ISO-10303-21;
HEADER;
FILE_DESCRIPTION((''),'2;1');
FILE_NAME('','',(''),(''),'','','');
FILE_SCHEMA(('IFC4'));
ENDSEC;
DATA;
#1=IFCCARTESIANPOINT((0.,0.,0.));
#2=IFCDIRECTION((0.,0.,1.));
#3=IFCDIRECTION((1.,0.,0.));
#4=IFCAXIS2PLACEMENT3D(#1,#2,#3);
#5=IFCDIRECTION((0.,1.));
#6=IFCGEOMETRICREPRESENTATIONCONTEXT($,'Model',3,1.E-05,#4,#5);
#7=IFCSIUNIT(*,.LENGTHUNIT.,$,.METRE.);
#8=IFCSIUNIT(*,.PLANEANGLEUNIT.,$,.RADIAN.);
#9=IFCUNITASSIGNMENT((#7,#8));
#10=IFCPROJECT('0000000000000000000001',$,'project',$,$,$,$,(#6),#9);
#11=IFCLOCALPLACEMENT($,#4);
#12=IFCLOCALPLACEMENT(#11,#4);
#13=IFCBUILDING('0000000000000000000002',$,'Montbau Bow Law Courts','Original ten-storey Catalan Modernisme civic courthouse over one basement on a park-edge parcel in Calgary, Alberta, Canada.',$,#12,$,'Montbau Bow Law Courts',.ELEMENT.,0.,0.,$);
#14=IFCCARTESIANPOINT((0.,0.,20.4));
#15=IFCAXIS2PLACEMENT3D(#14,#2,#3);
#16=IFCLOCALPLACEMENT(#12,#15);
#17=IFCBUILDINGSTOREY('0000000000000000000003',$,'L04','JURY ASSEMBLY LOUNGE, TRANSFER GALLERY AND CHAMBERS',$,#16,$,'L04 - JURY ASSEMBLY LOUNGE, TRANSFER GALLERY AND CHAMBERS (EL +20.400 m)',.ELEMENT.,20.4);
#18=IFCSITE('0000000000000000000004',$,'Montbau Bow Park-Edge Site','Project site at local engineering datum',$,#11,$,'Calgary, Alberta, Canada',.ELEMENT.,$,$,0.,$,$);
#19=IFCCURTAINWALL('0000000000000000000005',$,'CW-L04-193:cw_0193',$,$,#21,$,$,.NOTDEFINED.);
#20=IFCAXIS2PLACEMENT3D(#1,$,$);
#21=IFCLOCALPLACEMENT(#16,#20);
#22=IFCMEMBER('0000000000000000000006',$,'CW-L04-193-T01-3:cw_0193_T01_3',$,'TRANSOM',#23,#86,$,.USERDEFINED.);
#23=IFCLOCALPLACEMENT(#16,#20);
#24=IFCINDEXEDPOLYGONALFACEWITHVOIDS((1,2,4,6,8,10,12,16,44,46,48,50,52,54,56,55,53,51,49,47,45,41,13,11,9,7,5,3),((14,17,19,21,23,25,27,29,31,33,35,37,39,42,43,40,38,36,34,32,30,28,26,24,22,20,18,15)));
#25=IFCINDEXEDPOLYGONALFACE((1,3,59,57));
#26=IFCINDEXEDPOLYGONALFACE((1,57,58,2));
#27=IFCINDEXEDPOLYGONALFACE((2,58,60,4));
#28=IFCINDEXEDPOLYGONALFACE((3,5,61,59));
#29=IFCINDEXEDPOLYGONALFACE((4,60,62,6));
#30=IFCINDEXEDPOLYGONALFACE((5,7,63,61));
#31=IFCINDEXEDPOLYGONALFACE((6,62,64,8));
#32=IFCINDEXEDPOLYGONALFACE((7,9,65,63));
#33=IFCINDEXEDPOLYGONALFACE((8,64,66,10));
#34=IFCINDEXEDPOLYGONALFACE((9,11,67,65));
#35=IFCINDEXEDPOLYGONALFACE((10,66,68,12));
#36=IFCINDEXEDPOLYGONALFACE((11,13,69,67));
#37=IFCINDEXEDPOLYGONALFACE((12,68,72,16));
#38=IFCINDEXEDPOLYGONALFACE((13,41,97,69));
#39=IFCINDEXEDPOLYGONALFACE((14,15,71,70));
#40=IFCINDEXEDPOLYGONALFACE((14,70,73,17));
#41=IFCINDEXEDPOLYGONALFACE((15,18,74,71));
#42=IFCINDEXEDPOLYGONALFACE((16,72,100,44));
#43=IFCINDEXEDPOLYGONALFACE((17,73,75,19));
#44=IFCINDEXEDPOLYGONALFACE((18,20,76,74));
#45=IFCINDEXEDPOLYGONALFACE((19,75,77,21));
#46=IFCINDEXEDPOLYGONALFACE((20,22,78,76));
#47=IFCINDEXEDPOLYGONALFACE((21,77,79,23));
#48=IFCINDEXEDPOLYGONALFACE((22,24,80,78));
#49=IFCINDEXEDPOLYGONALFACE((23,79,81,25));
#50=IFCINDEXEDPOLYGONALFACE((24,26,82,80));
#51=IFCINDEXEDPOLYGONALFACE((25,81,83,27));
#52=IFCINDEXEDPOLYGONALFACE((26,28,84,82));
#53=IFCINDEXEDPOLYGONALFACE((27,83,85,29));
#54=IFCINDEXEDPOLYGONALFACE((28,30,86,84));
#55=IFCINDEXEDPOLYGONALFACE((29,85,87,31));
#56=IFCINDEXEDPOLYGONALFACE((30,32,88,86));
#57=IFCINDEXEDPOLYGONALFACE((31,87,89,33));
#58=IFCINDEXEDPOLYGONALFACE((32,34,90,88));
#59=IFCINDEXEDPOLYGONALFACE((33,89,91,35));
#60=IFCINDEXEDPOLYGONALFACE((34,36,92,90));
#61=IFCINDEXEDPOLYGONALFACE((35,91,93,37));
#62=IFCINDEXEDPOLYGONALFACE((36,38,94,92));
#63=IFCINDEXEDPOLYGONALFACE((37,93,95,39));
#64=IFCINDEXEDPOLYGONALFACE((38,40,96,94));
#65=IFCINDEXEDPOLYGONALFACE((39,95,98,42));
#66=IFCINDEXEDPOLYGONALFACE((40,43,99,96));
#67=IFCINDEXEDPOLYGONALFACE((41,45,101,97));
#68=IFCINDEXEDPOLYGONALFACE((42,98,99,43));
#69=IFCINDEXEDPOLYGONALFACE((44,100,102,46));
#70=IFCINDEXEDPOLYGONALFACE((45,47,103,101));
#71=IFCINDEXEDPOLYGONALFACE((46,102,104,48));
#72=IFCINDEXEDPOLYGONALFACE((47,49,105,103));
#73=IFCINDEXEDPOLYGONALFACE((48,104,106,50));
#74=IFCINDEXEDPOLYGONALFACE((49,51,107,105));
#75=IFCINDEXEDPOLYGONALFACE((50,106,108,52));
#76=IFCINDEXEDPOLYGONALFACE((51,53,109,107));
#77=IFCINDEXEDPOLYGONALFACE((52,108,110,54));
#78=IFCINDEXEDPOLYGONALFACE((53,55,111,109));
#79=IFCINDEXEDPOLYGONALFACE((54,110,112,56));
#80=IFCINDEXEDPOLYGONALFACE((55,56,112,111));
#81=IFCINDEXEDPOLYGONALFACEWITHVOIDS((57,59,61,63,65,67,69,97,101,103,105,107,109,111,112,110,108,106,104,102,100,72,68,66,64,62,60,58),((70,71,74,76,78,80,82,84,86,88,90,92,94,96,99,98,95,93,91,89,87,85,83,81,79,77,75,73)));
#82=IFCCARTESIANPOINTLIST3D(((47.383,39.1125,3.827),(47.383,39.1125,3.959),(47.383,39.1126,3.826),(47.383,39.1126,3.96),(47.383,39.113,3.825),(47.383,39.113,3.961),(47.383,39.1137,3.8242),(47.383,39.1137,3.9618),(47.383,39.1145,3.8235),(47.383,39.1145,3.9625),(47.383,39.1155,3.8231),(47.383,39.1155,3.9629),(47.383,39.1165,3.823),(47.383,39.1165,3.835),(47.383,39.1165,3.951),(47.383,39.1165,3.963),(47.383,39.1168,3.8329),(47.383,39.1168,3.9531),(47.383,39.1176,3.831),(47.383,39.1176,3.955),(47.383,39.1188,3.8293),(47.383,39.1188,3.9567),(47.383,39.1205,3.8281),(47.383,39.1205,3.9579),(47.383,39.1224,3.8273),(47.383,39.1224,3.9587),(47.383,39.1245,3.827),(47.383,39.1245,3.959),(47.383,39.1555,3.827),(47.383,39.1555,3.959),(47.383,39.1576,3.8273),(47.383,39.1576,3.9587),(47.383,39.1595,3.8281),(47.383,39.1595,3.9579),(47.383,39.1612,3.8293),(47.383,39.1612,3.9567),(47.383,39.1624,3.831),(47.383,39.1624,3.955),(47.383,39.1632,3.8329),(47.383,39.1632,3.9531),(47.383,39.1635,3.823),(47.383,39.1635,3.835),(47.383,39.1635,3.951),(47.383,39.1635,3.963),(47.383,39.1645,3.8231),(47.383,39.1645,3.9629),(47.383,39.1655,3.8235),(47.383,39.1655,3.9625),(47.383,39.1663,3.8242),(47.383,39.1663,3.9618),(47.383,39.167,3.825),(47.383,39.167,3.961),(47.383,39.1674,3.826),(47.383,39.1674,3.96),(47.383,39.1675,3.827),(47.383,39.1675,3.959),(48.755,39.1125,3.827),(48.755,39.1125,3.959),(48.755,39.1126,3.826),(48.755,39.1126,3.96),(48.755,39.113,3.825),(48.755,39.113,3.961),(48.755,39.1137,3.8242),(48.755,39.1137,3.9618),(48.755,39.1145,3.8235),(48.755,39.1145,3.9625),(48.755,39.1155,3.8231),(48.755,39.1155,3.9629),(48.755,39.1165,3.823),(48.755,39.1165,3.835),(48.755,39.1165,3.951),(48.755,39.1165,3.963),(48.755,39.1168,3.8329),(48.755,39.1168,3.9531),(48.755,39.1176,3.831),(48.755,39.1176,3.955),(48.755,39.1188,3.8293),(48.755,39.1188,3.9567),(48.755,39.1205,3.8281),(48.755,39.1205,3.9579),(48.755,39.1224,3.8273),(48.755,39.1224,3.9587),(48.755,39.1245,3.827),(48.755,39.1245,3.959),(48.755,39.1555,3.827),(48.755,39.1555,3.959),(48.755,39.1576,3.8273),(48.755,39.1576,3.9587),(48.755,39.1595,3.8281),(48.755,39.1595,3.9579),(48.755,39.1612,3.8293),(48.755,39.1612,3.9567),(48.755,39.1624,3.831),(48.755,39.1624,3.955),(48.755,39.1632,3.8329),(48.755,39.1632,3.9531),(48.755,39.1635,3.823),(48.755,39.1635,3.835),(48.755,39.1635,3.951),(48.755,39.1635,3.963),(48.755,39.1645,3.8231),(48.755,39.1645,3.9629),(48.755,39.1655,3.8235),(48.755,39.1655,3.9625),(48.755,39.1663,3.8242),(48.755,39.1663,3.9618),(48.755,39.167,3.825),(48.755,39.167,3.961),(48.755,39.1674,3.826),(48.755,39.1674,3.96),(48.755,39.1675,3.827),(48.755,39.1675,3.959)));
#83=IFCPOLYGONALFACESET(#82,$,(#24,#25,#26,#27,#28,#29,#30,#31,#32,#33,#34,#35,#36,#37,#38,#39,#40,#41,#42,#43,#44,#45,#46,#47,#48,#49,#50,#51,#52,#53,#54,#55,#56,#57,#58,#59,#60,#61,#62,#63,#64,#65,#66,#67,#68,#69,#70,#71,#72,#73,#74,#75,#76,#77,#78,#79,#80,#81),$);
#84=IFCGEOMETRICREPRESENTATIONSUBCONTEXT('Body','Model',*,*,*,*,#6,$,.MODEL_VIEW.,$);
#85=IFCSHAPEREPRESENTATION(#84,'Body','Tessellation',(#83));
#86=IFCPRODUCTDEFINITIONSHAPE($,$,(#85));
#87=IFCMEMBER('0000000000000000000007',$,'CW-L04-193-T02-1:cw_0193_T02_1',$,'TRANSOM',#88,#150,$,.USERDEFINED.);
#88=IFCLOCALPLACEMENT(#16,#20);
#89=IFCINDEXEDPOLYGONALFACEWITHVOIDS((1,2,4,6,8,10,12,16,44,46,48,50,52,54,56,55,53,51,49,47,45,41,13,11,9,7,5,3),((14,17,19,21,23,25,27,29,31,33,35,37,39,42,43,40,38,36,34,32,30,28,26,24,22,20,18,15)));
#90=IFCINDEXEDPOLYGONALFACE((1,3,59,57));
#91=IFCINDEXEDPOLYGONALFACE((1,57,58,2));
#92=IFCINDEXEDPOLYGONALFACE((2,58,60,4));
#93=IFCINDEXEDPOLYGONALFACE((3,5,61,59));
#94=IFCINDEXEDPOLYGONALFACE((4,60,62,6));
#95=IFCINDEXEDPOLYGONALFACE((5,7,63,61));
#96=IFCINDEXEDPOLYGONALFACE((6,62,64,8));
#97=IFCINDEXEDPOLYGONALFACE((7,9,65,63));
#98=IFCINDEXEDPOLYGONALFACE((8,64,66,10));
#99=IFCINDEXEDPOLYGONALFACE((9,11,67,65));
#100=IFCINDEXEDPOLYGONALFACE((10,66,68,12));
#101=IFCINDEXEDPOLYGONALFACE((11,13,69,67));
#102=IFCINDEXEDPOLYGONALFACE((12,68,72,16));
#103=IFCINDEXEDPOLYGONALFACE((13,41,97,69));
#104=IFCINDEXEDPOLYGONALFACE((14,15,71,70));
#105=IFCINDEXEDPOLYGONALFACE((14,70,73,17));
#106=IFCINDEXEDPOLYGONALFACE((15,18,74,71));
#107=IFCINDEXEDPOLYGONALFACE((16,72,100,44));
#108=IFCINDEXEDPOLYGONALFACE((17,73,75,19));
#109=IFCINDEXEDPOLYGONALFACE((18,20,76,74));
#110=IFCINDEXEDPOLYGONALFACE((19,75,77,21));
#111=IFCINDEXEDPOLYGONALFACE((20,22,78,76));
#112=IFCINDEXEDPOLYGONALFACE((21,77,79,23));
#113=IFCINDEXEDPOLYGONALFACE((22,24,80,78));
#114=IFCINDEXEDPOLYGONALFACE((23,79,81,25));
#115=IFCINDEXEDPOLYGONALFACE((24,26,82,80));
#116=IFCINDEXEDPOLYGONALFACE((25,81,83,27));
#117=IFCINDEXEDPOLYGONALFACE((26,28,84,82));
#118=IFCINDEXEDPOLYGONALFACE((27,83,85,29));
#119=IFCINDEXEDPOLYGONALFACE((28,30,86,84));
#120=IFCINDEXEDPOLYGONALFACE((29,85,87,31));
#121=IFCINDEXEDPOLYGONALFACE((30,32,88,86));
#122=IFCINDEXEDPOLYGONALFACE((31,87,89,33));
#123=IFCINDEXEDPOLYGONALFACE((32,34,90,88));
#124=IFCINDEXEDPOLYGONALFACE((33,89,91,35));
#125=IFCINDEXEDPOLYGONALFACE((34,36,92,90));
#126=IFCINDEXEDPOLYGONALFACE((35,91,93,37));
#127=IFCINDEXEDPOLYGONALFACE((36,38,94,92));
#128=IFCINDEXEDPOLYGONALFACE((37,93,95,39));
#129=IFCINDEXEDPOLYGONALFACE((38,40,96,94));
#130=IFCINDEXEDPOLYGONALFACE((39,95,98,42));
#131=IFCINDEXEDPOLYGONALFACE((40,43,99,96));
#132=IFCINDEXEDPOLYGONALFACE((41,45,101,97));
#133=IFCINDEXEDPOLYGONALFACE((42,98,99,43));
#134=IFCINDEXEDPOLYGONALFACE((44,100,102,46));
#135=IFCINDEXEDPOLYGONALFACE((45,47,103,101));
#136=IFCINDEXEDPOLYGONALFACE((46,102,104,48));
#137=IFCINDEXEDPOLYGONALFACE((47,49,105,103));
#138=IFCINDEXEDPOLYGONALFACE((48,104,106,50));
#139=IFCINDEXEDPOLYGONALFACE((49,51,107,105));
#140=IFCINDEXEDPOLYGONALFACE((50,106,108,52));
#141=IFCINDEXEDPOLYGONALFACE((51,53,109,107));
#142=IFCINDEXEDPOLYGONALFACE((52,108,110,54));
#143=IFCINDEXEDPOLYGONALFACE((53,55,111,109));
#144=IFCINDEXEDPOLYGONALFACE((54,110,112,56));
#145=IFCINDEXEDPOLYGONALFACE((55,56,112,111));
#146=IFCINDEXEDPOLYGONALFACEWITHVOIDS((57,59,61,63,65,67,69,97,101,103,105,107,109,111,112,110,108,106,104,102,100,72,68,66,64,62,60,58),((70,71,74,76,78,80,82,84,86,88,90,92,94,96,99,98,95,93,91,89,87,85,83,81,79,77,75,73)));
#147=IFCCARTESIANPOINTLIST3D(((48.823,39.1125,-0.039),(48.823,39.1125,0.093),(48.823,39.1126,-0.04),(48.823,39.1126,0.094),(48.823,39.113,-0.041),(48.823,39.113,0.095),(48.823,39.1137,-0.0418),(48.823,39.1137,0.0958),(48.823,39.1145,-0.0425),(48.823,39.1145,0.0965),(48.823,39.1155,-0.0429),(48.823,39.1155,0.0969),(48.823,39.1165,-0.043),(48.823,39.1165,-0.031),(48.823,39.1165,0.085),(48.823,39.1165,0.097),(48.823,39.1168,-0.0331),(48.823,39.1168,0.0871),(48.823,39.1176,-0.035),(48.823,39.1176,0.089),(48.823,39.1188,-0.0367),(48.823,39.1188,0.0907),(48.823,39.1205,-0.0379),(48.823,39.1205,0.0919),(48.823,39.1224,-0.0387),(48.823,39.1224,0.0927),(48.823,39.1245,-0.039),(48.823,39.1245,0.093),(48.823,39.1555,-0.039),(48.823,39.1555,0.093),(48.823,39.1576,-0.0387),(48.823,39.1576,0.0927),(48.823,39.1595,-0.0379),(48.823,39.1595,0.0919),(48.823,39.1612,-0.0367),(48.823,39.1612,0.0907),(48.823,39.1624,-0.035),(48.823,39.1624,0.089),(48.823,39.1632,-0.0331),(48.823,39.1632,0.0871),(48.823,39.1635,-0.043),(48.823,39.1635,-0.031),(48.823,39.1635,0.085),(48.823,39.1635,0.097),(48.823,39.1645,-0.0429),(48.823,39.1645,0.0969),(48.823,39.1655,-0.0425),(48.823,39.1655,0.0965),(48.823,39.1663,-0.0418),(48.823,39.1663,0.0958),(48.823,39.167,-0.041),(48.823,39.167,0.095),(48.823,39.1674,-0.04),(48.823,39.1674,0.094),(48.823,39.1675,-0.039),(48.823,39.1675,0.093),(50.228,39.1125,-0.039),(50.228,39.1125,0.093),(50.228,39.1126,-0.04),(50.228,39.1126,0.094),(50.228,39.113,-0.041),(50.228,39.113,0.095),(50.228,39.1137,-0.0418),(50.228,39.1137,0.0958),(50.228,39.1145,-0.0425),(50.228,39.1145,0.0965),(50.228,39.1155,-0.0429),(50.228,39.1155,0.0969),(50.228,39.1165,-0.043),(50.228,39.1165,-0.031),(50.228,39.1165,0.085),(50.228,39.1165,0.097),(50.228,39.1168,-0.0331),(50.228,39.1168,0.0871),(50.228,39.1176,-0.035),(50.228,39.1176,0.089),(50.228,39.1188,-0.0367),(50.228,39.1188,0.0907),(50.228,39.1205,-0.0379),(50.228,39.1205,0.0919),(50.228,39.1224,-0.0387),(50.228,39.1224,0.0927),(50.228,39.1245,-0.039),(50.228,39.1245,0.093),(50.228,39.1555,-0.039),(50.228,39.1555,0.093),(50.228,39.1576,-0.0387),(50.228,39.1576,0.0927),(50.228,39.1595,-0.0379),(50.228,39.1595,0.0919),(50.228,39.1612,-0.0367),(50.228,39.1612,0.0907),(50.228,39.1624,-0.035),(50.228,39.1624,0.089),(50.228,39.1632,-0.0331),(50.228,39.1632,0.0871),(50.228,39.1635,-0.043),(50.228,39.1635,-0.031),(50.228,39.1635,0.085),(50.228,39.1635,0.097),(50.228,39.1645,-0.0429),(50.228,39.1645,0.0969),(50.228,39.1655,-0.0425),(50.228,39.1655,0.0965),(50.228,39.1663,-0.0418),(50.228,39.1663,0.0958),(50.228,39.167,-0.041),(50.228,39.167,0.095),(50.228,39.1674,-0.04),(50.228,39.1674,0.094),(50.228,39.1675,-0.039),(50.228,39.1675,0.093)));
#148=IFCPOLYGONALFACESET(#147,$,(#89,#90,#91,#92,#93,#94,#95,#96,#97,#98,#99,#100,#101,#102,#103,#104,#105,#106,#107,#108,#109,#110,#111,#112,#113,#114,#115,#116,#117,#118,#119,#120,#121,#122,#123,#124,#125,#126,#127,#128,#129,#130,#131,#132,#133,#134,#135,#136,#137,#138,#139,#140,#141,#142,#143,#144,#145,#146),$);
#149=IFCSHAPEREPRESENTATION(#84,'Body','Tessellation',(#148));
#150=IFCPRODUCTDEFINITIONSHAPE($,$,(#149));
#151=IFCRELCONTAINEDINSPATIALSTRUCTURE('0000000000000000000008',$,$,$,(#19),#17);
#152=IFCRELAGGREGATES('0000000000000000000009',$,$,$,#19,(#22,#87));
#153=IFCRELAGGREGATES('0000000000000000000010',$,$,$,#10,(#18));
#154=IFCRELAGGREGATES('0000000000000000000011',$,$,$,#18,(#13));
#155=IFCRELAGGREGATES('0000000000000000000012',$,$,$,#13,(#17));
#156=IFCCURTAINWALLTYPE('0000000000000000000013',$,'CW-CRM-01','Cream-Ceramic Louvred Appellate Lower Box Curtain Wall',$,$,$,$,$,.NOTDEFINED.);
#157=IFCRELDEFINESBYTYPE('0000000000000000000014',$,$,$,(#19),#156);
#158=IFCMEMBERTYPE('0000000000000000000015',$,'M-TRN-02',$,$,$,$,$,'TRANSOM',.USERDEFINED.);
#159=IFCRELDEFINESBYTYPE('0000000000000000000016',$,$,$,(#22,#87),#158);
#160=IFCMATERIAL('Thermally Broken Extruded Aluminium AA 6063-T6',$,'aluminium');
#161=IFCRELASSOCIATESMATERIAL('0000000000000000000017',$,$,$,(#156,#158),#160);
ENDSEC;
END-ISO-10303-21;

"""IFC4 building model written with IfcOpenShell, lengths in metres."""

from ifc_helpers import new_model, si_unit, direction, frame, origin_with_axes, origin_2d_with_axis, place, context, subcontext, project, spatial, hollow_rectangle, extrude, material, material_profile, profile_set, type_object, element, aggregate, save


model = new_model("IFC4")

# Units and contexts
model_context = context("Model", 3, precision=1e-05, world=origin_with_axes(), true_north=direction((0.0, 1.0)))
body_context = subcontext(model_context, "Body", "Model", "MODEL_VIEW")
ifc_project = project(units=[si_unit("LENGTHUNIT", "METRE"), si_unit("PLANEANGLEUNIT", "RADIAN")], contexts=[model_context])

# Site, building, storey
site_placement = place(None, origin_with_axes())
site = spatial("IfcSite", under=ifc_project, at=site_placement, Name="Montbau Bow Park-Edge Site", Description="Project site at local engineering datum", LongName="Calgary, Alberta, Canada", CompositionType="ELEMENT", RefElevation=0.0)
building_placement = place(site_placement, origin_with_axes())
building = spatial("IfcBuilding", under=site, at=building_placement, Name="Montbau Bow Law Courts", Description="Original ten-storey Catalan Modernisme civic courthouse over one basement on a park-edge parcel in Calgary, Alberta, Canada.", LongName="Montbau Bow Law Courts", CompositionType="ELEMENT", ElevationOfRefHeight=0.0, ElevationOfTerrain=0.0)
storey_placement = place(building_placement, frame((0.0, 0.0, 20.4), z_axis=(0.0, 0.0, 1.0), x_axis=(1.0, 0.0, 0.0)))
storey = spatial("IfcBuildingStorey", under=building, at=storey_placement, Name="L04", Description="JURY ASSEMBLY LOUNGE, TRANSFER GALLERY AND CHAMBERS", LongName="L04 - JURY ASSEMBLY LOUNGE, TRANSFER GALLERY AND CHAMBERS (EL +20.400 m)", CompositionType="ELEMENT", Elevation=20.4)

# Curtain wall
ifc_material_1 = material(Name="Thermally Broken Extruded Aluminium AA 6063-T6", Category="aluminium")
curtain_wall_type = type_object("IfcCurtainWallType", Name="CW-CRM-01", Description="Cream-Ceramic Louvred Appellate Lower Box Curtain Wall", PredefinedType="NOTDEFINED", material=ifc_material_1)
curtain_wall_1_placement = place(None, frame((47.315, 39.14, 20.4), z_axis=(0.0, 0.0, 1.0), x_axis=(1.0, 0.0, 0.0)))
curtain_wall_1 = element("IfcCurtainWall", 1, at=curtain_wall_1_placement, inside=storey, type_object=curtain_wall_type, Name="CW-L04-193:cw_0193", PredefinedType="NOTDEFINED")

# Members
ifc_material_profile_1 = material_profile(ifc_material_1, hollow_rectangle(XDim=0.055, YDim=0.14, WallThickness=0.004, InnerFilletRadius=0.008, OuterFilletRadius=0.004, at=origin_2d_with_axis()), Name="CWT-140X55", Category="Main", Priority=0)
ifc_profile_set_1 = profile_set([ifc_material_profile_1], Name="Thermally Broken Extruded Aluminium AA 6063-T6")
member_type_1 = type_object("IfcMemberType", Name="M-TRN-02", ElementType="TRANSOM", PredefinedType="USERDEFINED", material=ifc_profile_set_1)
member_1_placement = place(None, frame((47.383, 39.14, 24.293), z_axis=(1.0, 0.0, 0.0), x_axis=(0.0, 1.0, 0.0)))
member_1 = element("IfcMember", 2, at=member_1_placement, type_object=member_type_1, Name="CW-L04-193-T01-3:cw_0193_T01_3", ObjectType="TRANSOM", PredefinedType="USERDEFINED", context=body_context, shape_type="SweptSolid", body=[
    extrude(hollow_rectangle(XDim=0.055, YDim=0.14, WallThickness=0.004, InnerFilletRadius=0.008, OuterFilletRadius=0.004, at=origin_2d_with_axis()), origin_with_axes(), (0.0, 0.0, 1.0), 1.372),
])
member_2_placement = place(None, frame((48.823, 39.14, 20.427), z_axis=(1.0, 0.0, 0.0), x_axis=(0.0, 1.0, 0.0)))
member_2 = element("IfcMember", 3, at=member_2_placement, type_object=member_type_1, Name="CW-L04-193-T02-1:cw_0193_T02_1", ObjectType="TRANSOM", PredefinedType="USERDEFINED", context=body_context, shape_type="SweptSolid", body=[
    extrude(hollow_rectangle(XDim=0.055, YDim=0.14, WallThickness=0.004, InnerFilletRadius=0.008, OuterFilletRadius=0.004, at=origin_2d_with_axis()), origin_with_axes(), (0.0, 0.0, 1.0), 1.405),
])

aggregate(curtain_wall_1, [member_1, member_2])

save(model, "model.ifc")
